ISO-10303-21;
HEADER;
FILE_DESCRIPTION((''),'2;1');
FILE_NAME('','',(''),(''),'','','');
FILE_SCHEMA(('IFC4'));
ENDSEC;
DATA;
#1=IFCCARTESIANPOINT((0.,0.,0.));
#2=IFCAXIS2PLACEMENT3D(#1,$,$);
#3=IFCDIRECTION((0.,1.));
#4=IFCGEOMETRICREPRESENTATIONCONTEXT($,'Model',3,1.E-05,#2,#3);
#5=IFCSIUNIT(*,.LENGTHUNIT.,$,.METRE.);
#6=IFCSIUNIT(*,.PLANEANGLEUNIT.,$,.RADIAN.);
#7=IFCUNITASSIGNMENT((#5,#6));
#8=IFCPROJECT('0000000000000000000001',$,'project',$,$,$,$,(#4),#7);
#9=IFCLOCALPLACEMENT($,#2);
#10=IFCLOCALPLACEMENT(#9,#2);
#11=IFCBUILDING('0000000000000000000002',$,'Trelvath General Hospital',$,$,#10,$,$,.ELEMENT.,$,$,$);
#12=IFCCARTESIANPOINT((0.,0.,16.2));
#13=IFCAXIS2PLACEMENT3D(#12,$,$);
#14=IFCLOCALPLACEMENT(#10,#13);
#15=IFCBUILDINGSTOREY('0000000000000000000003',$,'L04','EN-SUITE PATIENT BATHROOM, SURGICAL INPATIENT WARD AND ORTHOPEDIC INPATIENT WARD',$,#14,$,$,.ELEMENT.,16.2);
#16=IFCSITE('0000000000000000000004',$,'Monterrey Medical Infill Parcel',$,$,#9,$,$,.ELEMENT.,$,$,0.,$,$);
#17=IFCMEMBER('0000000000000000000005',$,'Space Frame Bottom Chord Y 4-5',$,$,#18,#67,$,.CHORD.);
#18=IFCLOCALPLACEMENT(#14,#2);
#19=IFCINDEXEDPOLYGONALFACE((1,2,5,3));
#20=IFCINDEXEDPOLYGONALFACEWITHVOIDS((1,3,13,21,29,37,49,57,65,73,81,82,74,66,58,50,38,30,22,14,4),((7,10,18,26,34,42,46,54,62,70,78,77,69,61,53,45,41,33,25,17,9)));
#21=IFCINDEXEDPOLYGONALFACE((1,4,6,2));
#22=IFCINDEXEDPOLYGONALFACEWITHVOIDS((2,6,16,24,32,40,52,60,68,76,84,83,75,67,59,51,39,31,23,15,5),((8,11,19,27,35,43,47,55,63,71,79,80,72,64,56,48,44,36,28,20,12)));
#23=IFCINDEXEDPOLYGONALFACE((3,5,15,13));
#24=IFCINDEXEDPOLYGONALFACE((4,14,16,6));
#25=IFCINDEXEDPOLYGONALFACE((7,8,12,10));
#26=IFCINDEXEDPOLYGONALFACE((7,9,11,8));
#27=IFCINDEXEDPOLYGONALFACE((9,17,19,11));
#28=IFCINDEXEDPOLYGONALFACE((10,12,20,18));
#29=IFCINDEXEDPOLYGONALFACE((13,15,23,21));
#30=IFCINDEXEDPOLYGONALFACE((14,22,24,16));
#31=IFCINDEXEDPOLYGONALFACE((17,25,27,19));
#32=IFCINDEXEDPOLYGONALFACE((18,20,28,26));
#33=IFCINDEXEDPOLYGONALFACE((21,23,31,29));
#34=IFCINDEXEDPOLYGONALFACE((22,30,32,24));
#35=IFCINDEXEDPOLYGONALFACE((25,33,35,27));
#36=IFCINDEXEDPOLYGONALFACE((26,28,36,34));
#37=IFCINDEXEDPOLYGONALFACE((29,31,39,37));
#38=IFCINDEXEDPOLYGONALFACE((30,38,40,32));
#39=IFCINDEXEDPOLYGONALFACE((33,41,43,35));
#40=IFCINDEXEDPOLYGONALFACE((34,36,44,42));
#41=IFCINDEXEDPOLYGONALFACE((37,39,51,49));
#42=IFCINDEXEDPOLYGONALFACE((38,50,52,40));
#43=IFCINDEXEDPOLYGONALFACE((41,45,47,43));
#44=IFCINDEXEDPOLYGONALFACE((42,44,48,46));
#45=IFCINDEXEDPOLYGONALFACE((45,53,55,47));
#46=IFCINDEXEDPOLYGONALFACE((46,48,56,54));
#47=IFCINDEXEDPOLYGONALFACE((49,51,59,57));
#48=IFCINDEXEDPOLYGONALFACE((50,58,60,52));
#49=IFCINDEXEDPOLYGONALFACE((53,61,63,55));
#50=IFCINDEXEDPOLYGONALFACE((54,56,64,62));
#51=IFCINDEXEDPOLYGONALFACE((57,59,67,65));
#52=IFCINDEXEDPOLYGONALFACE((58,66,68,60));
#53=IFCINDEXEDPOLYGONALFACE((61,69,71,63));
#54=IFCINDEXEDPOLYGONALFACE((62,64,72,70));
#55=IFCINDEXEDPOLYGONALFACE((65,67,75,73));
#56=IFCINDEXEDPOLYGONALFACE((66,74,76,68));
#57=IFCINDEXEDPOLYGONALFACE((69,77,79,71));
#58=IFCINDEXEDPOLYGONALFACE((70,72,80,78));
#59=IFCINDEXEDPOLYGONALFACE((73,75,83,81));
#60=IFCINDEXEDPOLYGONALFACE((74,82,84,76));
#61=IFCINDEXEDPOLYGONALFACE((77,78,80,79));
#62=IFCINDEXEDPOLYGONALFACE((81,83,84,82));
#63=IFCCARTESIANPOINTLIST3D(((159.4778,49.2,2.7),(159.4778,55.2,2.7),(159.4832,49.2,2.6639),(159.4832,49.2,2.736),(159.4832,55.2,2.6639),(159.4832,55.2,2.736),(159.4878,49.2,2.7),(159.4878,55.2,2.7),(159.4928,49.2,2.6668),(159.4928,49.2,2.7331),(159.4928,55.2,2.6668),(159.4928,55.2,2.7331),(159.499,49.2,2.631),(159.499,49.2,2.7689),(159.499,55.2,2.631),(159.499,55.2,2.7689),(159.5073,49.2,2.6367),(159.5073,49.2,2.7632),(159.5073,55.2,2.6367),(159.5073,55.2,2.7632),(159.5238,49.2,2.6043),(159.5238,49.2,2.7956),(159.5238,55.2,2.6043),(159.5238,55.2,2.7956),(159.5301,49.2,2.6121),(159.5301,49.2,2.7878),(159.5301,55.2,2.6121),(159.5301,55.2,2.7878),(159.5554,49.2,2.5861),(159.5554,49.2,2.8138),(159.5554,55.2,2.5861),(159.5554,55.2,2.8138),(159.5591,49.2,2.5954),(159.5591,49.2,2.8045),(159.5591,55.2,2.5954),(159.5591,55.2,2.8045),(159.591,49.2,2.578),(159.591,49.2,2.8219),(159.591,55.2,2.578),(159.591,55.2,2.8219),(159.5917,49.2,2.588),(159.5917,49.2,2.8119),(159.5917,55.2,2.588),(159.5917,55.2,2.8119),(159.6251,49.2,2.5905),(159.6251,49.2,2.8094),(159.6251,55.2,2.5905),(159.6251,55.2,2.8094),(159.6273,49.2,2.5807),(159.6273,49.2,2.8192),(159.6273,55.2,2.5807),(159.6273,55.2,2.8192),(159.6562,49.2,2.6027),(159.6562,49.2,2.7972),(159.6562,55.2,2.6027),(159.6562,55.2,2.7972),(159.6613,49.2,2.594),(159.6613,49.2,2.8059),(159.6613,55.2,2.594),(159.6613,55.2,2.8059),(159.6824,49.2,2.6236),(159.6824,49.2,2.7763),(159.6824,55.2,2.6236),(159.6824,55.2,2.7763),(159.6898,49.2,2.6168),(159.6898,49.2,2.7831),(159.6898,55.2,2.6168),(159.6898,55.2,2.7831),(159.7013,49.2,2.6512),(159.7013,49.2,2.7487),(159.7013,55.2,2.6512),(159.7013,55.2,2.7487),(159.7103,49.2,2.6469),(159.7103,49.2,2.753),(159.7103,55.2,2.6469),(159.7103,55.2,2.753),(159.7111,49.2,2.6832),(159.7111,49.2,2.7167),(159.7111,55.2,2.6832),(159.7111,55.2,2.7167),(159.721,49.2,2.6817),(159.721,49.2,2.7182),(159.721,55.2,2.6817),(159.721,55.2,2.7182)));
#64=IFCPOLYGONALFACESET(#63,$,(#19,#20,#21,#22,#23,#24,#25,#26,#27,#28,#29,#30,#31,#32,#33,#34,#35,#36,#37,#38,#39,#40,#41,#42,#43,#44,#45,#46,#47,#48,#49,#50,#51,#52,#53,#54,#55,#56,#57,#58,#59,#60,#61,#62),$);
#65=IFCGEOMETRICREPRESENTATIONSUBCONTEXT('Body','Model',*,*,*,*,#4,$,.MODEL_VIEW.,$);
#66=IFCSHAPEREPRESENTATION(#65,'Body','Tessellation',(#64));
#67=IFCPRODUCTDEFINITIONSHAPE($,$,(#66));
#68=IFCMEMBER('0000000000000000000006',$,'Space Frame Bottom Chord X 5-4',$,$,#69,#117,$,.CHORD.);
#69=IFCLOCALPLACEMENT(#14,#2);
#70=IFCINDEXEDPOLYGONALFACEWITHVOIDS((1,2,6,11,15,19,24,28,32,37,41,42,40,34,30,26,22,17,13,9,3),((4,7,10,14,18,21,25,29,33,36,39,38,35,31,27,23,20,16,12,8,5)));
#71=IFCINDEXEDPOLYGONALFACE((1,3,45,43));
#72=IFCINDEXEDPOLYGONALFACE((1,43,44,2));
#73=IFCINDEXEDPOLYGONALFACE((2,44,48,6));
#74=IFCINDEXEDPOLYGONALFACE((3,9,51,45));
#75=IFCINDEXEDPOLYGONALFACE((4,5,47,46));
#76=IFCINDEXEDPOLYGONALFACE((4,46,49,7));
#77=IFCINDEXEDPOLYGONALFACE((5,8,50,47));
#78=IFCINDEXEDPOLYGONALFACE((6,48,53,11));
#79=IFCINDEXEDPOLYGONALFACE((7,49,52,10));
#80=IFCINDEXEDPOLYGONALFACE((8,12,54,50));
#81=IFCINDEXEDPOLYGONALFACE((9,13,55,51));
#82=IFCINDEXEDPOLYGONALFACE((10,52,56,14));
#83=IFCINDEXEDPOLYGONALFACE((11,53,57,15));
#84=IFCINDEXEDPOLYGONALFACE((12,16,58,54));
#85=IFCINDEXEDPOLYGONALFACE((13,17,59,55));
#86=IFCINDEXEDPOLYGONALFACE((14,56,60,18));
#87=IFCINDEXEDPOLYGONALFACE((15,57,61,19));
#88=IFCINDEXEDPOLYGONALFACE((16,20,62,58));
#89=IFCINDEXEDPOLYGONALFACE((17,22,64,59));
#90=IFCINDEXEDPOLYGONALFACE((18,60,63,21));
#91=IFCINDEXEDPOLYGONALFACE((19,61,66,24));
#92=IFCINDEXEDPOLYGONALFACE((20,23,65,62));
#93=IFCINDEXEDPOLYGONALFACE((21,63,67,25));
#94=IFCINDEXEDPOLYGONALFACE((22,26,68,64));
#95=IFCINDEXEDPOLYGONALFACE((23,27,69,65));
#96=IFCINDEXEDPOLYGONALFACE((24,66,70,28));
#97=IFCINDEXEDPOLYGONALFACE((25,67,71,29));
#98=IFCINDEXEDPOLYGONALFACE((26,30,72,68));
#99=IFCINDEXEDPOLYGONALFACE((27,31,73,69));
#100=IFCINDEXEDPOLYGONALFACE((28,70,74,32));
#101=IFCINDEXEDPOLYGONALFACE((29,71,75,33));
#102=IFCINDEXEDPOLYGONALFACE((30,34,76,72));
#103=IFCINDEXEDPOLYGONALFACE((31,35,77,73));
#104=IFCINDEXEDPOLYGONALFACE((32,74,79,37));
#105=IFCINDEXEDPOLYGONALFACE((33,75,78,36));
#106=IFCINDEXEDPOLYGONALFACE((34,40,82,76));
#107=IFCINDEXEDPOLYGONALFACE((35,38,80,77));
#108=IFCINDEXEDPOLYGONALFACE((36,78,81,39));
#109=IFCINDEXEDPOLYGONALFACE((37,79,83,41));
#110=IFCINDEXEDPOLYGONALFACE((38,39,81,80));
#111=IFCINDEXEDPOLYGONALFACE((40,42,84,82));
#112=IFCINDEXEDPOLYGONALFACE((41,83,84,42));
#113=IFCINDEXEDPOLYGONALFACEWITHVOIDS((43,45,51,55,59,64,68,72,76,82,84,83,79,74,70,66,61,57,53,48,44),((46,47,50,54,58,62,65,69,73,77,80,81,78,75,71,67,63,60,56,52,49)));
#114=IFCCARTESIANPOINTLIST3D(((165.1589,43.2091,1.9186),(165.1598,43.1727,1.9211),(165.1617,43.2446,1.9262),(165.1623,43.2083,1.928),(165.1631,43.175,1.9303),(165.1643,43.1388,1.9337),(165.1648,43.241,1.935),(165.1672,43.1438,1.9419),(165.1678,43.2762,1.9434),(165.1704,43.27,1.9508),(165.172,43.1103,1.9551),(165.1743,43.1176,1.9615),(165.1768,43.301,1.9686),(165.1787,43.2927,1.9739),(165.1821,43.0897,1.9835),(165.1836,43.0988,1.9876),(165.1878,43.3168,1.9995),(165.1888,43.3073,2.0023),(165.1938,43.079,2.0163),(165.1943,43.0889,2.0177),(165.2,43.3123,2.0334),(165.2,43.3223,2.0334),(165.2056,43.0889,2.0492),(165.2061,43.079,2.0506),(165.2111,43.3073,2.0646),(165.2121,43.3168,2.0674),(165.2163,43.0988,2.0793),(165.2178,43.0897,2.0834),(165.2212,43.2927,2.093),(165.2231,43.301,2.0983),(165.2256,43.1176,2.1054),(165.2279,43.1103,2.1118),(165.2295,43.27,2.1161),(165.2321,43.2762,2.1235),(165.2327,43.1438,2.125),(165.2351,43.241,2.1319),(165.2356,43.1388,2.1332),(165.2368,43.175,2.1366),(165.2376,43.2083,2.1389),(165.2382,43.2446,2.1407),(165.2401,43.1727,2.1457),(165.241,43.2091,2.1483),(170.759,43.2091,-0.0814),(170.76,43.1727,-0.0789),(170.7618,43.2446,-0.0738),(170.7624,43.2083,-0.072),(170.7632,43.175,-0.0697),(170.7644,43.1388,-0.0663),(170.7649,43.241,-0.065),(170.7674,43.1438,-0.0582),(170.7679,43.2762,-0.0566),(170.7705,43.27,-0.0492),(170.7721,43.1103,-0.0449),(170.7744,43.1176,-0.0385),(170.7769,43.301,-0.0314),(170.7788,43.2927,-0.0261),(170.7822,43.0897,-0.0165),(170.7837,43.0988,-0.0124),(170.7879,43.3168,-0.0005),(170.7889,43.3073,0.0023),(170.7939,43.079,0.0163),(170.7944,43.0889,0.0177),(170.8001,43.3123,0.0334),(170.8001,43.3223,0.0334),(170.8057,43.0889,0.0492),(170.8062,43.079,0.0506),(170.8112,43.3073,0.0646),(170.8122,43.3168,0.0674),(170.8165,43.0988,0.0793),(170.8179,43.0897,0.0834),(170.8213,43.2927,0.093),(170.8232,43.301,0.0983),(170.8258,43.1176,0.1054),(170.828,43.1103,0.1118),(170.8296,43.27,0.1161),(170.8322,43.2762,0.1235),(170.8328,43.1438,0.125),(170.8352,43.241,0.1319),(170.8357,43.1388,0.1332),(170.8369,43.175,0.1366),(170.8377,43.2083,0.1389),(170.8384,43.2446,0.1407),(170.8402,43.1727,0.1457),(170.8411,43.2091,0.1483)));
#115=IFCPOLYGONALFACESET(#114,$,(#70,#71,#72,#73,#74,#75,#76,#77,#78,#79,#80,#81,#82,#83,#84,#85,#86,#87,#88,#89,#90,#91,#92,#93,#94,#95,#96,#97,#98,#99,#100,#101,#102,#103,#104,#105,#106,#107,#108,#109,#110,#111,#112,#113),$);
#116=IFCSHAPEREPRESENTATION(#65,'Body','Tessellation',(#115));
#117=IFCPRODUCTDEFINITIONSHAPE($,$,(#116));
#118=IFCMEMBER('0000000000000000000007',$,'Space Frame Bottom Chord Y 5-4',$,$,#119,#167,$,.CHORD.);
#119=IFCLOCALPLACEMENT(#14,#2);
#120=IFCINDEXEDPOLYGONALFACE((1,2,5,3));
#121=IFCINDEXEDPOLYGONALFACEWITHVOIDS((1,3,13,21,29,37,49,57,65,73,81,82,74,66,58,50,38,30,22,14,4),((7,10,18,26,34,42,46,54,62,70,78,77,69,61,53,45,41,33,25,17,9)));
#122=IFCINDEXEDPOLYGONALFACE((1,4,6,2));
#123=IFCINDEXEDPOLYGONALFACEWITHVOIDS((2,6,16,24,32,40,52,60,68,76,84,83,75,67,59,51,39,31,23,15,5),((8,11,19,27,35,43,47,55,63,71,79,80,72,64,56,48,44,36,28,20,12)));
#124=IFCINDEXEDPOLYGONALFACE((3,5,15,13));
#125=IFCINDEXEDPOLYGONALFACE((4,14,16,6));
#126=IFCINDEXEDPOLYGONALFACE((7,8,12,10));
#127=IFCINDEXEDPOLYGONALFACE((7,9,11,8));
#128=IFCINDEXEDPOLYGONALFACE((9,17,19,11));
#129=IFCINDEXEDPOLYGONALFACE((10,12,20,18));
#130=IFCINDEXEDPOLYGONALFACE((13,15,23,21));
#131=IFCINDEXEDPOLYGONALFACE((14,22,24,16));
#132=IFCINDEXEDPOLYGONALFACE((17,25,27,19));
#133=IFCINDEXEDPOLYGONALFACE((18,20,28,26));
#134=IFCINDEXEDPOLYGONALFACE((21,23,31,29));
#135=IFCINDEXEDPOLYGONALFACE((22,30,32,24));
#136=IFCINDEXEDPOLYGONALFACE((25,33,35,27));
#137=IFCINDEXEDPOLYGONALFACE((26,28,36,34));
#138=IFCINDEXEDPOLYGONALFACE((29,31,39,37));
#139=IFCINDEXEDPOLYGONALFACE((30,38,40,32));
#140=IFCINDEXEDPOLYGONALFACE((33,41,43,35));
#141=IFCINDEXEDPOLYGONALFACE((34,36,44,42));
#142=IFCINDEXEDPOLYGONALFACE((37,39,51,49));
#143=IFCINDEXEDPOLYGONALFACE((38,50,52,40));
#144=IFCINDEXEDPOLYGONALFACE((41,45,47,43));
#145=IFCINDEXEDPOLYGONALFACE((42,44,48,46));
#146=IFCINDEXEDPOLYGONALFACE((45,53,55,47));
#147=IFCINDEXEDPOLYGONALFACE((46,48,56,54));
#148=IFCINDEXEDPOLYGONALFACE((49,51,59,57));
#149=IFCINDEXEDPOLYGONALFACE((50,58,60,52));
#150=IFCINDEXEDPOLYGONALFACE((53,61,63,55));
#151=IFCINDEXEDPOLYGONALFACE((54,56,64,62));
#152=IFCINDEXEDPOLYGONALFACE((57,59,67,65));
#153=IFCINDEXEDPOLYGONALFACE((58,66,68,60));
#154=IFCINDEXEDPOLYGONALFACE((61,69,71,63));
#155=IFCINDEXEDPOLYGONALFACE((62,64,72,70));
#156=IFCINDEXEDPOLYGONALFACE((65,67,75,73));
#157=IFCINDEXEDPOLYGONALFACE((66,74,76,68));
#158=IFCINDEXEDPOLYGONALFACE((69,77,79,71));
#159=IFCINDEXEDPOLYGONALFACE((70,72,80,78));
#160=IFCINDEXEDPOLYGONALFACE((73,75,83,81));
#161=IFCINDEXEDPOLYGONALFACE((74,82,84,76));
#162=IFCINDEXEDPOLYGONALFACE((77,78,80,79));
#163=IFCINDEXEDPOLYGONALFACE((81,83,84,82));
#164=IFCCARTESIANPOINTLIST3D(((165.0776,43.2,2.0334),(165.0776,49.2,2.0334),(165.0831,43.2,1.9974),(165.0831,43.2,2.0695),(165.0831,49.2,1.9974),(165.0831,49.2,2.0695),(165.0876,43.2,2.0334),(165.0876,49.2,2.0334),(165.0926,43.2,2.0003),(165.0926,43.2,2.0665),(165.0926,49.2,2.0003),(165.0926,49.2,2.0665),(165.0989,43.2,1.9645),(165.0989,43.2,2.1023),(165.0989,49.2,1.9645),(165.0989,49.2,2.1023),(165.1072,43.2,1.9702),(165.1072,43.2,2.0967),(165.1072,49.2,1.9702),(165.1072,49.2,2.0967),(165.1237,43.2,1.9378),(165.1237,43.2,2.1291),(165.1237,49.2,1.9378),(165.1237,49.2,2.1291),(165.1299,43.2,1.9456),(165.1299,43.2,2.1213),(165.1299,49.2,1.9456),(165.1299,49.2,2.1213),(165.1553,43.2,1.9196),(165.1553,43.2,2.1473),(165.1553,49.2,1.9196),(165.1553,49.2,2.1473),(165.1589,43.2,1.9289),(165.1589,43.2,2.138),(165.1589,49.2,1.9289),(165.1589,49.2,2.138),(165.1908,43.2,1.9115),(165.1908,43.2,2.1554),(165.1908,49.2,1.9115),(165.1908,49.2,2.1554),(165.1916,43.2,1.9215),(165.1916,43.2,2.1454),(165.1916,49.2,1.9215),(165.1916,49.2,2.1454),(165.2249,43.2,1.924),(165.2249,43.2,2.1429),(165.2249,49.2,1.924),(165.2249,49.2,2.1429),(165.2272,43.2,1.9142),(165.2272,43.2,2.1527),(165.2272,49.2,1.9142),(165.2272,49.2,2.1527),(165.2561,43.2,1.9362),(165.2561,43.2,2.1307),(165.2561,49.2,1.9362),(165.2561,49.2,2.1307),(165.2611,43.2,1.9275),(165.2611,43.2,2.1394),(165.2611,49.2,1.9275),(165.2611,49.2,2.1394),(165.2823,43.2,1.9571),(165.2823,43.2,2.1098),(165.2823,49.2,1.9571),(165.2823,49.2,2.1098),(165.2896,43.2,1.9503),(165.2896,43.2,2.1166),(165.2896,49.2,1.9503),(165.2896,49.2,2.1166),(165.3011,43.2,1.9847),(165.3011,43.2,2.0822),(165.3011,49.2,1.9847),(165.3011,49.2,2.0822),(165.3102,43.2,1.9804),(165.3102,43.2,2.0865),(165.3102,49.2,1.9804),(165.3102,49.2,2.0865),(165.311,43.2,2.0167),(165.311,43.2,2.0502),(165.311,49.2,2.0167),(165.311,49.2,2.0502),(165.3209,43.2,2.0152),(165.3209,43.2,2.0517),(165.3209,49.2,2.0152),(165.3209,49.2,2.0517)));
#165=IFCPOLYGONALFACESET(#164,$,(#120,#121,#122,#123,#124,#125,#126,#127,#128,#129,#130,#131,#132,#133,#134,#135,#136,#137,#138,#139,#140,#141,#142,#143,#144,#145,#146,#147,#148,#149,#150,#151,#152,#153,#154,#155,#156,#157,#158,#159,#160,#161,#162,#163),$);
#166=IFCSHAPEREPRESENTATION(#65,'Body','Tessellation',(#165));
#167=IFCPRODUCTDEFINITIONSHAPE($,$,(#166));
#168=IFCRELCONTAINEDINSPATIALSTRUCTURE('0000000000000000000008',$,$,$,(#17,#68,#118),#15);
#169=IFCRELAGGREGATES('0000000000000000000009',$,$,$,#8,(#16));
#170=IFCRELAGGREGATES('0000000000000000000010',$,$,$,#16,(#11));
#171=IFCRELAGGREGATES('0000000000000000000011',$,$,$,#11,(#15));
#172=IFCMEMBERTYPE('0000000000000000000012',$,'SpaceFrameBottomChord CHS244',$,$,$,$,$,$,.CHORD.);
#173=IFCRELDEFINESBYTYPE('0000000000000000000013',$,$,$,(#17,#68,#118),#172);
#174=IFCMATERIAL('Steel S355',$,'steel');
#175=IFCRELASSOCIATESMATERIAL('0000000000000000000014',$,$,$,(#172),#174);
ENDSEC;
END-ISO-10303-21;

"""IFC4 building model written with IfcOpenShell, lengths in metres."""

from ifc_helpers import new_model, si_unit, direction, frame, origin, origin_2d, place, context, subcontext, project, spatial, hollow_circle, extrude, material, material_profile, profile_set, type_object, element, save


model = new_model("IFC4")

# Units and contexts
model_context = context("Model", 3, precision=1e-05, world=origin(), true_north=direction((0.0, 1.0)))
body_context = subcontext(model_context, "Body", "Model", "MODEL_VIEW")
ifc_project = project(units=[si_unit("LENGTHUNIT", "METRE"), si_unit("PLANEANGLEUNIT", "RADIAN")], contexts=[model_context])

# Site, building, storey
site_placement = place(None, origin())
site = spatial("IfcSite", under=ifc_project, at=site_placement, Name="Monterrey Medical Infill Parcel", CompositionType="ELEMENT", RefElevation=0.0)
building_placement = place(site_placement, origin())
building = spatial("IfcBuilding", under=site, at=building_placement, Name="Trelvath General Hospital", CompositionType="ELEMENT")
storey_placement = place(building_placement, frame((0.0, 0.0, 16.2)))
storey = spatial("IfcBuildingStorey", under=building, at=storey_placement, Name="L04", Description="EN-SUITE PATIENT BATHROOM, SURGICAL INPATIENT WARD AND ORTHOPEDIC INPATIENT WARD", CompositionType="ELEMENT", Elevation=16.2)

# Members
ifc_material_1 = material(Name="Steel S355", Category="steel")
ifc_material_profile_1 = material_profile(ifc_material_1, hollow_circle(Radius=0.1223, WallThickness=0.01, at=origin_2d()), Name="CHS244.5x10.0")
ifc_profile_set_1 = profile_set([ifc_material_profile_1], Name="Steel S355")
member_type_1 = type_object("IfcMemberType", Name="SpaceFrameBottomChord CHS244", PredefinedType="CHORD", material=ifc_profile_set_1)
member_1_placement = place(storey_placement, frame((159.6001, 49.2, 2.7), z_axis=(0.0, 1.0, 0.0), x_axis=(-1.0, 0.0, 0.0)))
element("IfcMember", 1, at=member_1_placement, inside=storey, type_object=member_type_1, Name="Space Frame Bottom Chord Y 4-5", PredefinedType="CHORD", context=body_context, shape_type="SweptSolid", body=[
    extrude(hollow_circle(Radius=0.1223, WallThickness=0.01, at=origin_2d()), origin(), (0.0, 0.0, 1.0), 6.0),
])
member_2_placement = place(storey_placement, frame((165.2, 43.2, 2.0334), z_axis=(0.941744, 0.0, -0.336331), x_axis=(0.0, 1.0, 0.0)))
element("IfcMember", 2, at=member_2_placement, inside=storey, type_object=member_type_1, Name="Space Frame Bottom Chord X 5-4", PredefinedType="CHORD", context=body_context, shape_type="SweptSolid", body=[
    extrude(hollow_circle(Radius=0.1223, WallThickness=0.01, at=origin_2d()), origin(), (0.0, 0.0, 1.0), 5.9465),
])
member_3_placement = place(storey_placement, frame((165.2, 43.2, 2.0334), z_axis=(0.0, 1.0, 0.0), x_axis=(-1.0, 0.0, 0.0)))
element("IfcMember", 3, at=member_3_placement, inside=storey, type_object=member_type_1, Name="Space Frame Bottom Chord Y 5-4", PredefinedType="CHORD", context=body_context, shape_type="SweptSolid", body=[
    extrude(hollow_circle(Radius=0.1223, WallThickness=0.01, at=origin_2d()), origin(), (0.0, 0.0, 1.0), 6.0),
])

save(model, "model.ifc")
